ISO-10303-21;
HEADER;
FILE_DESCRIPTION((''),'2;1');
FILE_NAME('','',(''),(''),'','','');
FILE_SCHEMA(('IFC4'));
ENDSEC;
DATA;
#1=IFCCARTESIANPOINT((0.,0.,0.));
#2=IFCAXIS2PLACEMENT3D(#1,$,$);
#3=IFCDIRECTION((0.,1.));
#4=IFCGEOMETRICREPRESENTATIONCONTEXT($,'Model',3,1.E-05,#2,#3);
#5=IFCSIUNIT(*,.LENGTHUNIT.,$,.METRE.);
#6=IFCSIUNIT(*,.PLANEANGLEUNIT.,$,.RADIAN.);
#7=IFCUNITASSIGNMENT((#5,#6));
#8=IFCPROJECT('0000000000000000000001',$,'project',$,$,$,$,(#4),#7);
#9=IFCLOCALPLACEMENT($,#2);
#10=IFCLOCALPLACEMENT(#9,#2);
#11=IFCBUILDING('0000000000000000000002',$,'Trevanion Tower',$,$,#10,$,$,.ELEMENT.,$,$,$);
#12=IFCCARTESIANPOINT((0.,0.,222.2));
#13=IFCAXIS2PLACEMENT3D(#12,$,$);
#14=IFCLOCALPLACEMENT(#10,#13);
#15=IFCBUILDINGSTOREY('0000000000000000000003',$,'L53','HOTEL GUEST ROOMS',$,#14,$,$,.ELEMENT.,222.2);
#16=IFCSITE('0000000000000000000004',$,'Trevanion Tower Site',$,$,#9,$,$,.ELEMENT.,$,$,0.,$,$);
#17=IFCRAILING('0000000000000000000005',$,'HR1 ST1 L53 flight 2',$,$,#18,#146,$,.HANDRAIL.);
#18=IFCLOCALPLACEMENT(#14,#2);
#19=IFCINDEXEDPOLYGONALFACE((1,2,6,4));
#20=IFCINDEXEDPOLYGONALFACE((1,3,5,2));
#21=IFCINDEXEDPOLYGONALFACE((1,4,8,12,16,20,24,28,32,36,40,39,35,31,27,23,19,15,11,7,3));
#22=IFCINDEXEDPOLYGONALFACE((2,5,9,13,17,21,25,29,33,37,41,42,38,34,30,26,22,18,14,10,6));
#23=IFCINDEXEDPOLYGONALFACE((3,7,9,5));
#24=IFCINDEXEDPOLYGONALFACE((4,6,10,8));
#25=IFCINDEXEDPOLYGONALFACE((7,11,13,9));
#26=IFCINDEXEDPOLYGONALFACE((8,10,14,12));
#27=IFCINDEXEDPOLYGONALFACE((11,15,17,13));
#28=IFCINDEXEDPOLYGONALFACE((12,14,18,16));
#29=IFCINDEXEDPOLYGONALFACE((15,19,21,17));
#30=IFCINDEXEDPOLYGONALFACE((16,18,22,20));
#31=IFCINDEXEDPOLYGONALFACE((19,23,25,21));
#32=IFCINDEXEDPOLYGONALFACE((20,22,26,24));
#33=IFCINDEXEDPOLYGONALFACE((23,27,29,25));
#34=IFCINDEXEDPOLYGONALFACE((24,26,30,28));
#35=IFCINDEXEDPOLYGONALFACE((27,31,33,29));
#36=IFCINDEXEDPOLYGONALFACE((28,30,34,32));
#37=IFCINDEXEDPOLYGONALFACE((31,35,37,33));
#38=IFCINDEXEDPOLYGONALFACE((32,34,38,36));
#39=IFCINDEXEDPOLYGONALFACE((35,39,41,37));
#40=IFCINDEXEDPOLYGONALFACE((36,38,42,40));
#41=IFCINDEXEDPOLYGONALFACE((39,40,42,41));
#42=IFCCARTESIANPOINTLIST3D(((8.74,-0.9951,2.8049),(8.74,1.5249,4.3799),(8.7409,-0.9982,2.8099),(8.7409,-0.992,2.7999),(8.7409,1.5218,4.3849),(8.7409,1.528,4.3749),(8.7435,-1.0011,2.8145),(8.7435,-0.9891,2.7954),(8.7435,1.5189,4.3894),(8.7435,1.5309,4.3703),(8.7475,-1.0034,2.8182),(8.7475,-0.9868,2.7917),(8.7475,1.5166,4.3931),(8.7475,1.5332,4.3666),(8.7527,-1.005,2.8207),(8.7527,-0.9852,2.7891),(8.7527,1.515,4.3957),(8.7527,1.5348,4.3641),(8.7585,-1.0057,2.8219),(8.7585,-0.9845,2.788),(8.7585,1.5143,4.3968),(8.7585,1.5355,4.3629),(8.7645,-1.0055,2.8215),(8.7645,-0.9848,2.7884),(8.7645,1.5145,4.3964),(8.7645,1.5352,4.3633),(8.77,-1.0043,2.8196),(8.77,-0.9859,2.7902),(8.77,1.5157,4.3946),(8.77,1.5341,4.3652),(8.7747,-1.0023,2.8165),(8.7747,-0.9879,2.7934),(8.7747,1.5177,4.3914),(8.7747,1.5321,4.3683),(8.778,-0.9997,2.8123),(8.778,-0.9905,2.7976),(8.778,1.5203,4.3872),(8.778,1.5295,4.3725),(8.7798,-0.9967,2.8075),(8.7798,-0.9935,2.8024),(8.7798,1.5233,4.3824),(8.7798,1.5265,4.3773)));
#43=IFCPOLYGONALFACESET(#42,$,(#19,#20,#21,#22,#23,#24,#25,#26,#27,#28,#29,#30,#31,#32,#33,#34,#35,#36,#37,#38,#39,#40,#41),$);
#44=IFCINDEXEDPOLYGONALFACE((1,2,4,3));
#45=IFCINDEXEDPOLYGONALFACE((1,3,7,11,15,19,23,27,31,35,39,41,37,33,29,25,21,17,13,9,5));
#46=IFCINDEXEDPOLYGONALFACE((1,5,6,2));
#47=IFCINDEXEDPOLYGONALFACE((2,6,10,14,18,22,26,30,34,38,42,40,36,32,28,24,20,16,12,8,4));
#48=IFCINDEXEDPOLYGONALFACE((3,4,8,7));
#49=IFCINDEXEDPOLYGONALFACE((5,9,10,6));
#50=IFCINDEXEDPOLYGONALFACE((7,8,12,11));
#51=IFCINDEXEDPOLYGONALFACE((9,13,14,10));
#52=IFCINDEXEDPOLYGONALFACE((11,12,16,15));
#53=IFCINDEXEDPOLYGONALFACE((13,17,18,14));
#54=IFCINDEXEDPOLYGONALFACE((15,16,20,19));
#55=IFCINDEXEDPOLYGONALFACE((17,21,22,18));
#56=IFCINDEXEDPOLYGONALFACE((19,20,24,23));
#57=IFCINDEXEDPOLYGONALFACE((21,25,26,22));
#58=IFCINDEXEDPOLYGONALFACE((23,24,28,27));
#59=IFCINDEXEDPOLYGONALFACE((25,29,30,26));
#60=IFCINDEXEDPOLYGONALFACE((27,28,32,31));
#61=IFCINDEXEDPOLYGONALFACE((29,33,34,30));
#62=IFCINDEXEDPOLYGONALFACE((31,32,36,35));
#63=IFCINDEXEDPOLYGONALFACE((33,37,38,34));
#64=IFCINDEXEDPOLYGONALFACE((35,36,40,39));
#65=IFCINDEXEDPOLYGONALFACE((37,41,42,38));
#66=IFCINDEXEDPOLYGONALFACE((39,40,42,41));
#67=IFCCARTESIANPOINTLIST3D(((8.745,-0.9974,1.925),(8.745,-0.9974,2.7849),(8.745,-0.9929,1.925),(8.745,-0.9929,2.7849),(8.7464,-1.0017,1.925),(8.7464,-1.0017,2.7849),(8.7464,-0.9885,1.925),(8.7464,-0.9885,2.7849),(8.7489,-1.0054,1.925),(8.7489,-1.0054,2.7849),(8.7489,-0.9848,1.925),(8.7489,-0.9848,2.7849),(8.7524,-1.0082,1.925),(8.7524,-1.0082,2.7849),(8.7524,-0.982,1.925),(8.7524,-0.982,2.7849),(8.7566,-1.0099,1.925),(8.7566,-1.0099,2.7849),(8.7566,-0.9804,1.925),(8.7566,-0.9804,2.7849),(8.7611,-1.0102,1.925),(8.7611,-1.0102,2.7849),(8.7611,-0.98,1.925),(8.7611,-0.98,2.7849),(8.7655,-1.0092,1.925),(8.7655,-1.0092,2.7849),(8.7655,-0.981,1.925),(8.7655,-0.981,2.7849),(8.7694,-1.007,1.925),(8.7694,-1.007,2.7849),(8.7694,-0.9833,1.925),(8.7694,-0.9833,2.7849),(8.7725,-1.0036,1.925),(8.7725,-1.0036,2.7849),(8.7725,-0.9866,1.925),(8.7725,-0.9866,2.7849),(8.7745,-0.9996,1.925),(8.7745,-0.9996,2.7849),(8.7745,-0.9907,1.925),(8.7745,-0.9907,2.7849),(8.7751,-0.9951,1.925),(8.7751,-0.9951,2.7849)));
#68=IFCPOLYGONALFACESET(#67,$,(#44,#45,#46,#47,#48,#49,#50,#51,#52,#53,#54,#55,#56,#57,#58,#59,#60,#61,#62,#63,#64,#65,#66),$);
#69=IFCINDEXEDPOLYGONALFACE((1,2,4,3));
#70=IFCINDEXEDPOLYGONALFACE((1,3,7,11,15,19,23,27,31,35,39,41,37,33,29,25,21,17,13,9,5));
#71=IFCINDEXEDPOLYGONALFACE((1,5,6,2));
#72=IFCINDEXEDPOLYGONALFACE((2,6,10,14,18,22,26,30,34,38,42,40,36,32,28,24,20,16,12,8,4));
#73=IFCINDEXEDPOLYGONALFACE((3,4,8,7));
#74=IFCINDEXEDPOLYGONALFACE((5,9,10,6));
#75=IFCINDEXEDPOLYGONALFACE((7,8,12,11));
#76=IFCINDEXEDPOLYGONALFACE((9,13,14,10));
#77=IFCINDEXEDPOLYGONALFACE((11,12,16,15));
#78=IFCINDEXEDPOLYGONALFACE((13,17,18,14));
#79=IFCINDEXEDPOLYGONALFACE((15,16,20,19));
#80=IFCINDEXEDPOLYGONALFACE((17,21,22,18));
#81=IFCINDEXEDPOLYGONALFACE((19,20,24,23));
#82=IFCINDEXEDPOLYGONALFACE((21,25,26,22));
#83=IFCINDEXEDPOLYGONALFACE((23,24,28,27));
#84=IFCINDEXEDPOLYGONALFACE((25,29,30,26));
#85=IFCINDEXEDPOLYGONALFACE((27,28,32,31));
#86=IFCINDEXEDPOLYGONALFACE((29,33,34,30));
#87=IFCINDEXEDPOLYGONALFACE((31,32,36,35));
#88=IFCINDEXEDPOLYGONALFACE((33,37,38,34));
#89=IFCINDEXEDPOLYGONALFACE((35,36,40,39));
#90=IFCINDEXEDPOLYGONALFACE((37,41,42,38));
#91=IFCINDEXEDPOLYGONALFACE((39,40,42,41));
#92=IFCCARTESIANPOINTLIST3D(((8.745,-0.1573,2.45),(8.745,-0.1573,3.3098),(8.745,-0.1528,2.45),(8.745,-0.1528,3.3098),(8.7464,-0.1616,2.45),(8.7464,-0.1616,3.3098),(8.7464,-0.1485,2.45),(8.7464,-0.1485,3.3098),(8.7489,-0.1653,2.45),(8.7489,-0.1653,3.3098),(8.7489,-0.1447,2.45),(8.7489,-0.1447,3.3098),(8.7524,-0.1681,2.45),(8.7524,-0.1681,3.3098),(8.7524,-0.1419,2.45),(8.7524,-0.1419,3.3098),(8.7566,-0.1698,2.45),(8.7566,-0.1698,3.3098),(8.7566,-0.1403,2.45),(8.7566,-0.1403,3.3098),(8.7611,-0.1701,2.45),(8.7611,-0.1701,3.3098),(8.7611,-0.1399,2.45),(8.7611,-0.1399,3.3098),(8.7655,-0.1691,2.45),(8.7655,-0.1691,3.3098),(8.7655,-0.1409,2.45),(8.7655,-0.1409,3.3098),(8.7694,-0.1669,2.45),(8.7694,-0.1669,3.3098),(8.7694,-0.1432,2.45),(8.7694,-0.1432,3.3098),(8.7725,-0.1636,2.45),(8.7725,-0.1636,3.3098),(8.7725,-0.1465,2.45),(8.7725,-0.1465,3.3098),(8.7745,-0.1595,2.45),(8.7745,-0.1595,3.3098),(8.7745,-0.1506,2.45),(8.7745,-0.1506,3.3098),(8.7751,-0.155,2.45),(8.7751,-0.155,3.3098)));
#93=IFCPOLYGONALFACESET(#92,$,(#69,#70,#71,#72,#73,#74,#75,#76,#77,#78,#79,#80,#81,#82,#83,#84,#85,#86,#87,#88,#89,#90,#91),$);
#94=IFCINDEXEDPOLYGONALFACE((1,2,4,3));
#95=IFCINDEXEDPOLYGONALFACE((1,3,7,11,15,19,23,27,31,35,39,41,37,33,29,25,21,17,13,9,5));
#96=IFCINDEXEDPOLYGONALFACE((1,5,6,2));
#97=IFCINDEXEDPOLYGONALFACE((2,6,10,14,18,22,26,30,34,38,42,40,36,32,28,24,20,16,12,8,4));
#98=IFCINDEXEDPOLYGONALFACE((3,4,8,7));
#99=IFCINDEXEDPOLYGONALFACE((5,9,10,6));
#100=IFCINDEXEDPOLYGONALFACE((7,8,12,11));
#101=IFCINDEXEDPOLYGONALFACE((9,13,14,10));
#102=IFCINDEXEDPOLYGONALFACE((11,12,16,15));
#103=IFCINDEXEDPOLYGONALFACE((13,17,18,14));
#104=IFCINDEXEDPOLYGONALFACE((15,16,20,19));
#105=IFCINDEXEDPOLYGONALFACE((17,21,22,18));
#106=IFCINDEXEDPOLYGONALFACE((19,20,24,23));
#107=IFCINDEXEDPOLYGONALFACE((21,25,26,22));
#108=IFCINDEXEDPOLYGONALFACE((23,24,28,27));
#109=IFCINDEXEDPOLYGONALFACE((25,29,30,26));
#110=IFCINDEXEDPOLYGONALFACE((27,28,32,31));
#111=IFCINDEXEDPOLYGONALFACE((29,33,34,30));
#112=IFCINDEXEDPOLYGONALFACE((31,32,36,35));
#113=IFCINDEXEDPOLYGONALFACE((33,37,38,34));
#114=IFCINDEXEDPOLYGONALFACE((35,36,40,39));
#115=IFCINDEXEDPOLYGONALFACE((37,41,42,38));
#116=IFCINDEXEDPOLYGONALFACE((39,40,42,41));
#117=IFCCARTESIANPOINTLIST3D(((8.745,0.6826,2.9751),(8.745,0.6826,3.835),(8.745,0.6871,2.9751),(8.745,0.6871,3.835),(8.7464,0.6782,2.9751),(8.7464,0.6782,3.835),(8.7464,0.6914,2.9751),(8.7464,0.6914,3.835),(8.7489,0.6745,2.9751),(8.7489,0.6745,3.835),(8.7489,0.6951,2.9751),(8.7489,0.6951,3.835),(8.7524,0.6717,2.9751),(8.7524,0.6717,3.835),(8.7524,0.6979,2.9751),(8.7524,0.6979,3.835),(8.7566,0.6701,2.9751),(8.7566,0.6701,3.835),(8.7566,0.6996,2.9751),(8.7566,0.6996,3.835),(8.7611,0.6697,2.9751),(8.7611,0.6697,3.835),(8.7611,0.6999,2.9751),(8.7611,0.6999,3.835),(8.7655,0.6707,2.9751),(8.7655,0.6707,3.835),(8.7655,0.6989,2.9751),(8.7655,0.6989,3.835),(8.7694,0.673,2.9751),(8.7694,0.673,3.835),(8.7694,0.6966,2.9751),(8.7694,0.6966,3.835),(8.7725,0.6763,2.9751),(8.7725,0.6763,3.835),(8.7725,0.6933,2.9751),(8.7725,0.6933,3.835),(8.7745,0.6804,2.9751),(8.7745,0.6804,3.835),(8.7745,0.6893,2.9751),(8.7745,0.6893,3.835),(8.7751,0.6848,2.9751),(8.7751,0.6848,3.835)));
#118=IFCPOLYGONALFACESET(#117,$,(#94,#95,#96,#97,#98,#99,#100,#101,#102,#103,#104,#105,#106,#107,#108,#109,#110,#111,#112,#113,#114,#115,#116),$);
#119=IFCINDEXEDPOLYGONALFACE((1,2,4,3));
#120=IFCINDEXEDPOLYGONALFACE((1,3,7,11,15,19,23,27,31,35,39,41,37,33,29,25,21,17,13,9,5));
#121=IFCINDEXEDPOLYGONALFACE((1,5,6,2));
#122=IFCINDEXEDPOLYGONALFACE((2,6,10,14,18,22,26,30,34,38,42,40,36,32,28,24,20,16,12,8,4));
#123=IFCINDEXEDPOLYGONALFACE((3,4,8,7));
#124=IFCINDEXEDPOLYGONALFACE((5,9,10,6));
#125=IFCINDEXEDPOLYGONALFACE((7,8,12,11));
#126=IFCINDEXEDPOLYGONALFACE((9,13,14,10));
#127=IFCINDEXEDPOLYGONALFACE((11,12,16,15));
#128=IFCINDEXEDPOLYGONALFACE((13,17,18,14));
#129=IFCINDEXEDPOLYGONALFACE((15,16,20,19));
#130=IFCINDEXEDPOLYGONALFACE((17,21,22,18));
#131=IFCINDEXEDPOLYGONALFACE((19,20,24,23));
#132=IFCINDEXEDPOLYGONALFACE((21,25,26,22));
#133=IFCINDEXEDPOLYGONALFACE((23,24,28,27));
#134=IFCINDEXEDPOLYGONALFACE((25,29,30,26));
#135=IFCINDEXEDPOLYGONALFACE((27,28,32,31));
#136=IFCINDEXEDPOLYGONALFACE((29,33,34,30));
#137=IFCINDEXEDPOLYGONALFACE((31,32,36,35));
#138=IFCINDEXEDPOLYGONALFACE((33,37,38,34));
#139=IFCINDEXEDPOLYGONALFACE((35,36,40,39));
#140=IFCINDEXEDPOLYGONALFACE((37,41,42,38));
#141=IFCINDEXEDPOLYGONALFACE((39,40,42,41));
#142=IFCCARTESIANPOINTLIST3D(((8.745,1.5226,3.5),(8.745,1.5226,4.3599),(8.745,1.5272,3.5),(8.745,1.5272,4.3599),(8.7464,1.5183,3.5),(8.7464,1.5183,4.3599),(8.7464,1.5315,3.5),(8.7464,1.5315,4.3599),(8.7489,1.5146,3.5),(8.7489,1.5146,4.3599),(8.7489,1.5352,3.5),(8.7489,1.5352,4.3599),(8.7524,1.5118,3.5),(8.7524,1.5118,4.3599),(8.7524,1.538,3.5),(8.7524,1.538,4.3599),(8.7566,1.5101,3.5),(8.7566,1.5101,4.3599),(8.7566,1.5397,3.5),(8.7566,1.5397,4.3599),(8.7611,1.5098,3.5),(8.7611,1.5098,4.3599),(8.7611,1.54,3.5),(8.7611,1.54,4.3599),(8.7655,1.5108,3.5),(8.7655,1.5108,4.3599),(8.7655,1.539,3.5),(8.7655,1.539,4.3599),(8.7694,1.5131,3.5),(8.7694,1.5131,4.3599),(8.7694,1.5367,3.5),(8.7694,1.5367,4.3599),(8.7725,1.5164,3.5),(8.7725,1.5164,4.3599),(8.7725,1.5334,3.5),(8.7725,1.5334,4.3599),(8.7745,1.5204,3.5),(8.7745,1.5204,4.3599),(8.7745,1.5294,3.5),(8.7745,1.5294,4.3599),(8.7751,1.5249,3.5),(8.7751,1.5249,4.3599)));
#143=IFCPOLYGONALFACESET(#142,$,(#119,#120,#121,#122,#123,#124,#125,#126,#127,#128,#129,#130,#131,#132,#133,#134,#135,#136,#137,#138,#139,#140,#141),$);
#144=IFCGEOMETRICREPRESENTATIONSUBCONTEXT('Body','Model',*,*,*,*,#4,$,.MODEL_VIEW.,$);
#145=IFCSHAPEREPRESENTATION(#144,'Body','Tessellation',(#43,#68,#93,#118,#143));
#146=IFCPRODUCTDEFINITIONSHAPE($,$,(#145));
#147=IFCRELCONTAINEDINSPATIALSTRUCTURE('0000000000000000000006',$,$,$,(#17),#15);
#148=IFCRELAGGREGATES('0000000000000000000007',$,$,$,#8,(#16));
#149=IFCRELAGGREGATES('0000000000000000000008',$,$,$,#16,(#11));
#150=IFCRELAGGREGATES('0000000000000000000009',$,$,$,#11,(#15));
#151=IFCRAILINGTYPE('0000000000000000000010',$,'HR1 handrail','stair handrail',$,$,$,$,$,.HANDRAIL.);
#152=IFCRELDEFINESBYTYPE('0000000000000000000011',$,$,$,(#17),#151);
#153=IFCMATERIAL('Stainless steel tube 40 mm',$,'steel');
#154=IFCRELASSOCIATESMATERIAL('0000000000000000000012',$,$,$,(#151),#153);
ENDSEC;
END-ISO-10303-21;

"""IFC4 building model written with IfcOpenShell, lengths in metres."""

from ifc_helpers import new_model, si_unit, direction, frame, origin, origin_2d, place, context, subcontext, project, spatial, circle, extrude, material, type_object, element, save


model = new_model("IFC4")

# Units and contexts
model_context = context("Model", 3, precision=1e-05, world=origin(), true_north=direction((0.0, 1.0)))
body_context = subcontext(model_context, "Body", "Model", "MODEL_VIEW")
ifc_project = project(units=[si_unit("LENGTHUNIT", "METRE"), si_unit("PLANEANGLEUNIT", "RADIAN")], contexts=[model_context])

# Site, building, storey
site_placement = place(None, origin())
site = spatial("IfcSite", under=ifc_project, at=site_placement, Name="Trevanion Tower Site", CompositionType="ELEMENT", RefElevation=0.0)
building_placement = place(site_placement, origin())
building = spatial("IfcBuilding", under=site, at=building_placement, Name="Trevanion Tower", CompositionType="ELEMENT")
storey_placement = place(building_placement, frame((0.0, 0.0, 222.2)))
storey = spatial("IfcBuildingStorey", under=building, at=storey_placement, Name="L53", Description="HOTEL GUEST ROOMS", CompositionType="ELEMENT", Elevation=222.2)

# Railing
ifc_material_1 = material(Name="Stainless steel tube 40 mm", Category="steel")
railing_type = type_object("IfcRailingType", Name="HR1 handrail", Description="stair handrail", PredefinedType="HANDRAIL", material=ifc_material_1)
for number, where, name in (
    (1, (8.76, -0.9951, 1.925), "HR1 ST1 L53 flight 2"),
):
    element("IfcRailing", number, at=place(storey_placement, frame(where)), inside=storey, type_object=railing_type, Name=name, PredefinedType="HANDRAIL", context=body_context, shape_type="SweptSolid", body=[
        extrude(circle(Radius=0.02, at=origin_2d()), frame((0.0, 0.0, 0.8799), z_axis=(0.0, 0.848008, 0.529984), x_axis=(-1.0, 0.0, 0.0)), (0.0, 0.0, 1.0), 2.9717),
        extrude(circle(Radius=0.0151, at=origin_2d()), origin(), (0.0, 0.0, 1.0), 0.8599),
        extrude(circle(Radius=0.0151, at=origin_2d()), frame((0.0, 0.8401, 0.5249)), (0.0, 0.0, 1.0), 0.8599),
        extrude(circle(Radius=0.0151, at=origin_2d()), frame((0.0, 1.6799, 1.05)), (0.0, 0.0, 1.0), 0.8599),
        extrude(circle(Radius=0.0151, at=origin_2d()), frame((0.0, 2.52, 1.575)), (0.0, 0.0, 1.0), 0.8599),
    ])

save(model, "model.ifc")
